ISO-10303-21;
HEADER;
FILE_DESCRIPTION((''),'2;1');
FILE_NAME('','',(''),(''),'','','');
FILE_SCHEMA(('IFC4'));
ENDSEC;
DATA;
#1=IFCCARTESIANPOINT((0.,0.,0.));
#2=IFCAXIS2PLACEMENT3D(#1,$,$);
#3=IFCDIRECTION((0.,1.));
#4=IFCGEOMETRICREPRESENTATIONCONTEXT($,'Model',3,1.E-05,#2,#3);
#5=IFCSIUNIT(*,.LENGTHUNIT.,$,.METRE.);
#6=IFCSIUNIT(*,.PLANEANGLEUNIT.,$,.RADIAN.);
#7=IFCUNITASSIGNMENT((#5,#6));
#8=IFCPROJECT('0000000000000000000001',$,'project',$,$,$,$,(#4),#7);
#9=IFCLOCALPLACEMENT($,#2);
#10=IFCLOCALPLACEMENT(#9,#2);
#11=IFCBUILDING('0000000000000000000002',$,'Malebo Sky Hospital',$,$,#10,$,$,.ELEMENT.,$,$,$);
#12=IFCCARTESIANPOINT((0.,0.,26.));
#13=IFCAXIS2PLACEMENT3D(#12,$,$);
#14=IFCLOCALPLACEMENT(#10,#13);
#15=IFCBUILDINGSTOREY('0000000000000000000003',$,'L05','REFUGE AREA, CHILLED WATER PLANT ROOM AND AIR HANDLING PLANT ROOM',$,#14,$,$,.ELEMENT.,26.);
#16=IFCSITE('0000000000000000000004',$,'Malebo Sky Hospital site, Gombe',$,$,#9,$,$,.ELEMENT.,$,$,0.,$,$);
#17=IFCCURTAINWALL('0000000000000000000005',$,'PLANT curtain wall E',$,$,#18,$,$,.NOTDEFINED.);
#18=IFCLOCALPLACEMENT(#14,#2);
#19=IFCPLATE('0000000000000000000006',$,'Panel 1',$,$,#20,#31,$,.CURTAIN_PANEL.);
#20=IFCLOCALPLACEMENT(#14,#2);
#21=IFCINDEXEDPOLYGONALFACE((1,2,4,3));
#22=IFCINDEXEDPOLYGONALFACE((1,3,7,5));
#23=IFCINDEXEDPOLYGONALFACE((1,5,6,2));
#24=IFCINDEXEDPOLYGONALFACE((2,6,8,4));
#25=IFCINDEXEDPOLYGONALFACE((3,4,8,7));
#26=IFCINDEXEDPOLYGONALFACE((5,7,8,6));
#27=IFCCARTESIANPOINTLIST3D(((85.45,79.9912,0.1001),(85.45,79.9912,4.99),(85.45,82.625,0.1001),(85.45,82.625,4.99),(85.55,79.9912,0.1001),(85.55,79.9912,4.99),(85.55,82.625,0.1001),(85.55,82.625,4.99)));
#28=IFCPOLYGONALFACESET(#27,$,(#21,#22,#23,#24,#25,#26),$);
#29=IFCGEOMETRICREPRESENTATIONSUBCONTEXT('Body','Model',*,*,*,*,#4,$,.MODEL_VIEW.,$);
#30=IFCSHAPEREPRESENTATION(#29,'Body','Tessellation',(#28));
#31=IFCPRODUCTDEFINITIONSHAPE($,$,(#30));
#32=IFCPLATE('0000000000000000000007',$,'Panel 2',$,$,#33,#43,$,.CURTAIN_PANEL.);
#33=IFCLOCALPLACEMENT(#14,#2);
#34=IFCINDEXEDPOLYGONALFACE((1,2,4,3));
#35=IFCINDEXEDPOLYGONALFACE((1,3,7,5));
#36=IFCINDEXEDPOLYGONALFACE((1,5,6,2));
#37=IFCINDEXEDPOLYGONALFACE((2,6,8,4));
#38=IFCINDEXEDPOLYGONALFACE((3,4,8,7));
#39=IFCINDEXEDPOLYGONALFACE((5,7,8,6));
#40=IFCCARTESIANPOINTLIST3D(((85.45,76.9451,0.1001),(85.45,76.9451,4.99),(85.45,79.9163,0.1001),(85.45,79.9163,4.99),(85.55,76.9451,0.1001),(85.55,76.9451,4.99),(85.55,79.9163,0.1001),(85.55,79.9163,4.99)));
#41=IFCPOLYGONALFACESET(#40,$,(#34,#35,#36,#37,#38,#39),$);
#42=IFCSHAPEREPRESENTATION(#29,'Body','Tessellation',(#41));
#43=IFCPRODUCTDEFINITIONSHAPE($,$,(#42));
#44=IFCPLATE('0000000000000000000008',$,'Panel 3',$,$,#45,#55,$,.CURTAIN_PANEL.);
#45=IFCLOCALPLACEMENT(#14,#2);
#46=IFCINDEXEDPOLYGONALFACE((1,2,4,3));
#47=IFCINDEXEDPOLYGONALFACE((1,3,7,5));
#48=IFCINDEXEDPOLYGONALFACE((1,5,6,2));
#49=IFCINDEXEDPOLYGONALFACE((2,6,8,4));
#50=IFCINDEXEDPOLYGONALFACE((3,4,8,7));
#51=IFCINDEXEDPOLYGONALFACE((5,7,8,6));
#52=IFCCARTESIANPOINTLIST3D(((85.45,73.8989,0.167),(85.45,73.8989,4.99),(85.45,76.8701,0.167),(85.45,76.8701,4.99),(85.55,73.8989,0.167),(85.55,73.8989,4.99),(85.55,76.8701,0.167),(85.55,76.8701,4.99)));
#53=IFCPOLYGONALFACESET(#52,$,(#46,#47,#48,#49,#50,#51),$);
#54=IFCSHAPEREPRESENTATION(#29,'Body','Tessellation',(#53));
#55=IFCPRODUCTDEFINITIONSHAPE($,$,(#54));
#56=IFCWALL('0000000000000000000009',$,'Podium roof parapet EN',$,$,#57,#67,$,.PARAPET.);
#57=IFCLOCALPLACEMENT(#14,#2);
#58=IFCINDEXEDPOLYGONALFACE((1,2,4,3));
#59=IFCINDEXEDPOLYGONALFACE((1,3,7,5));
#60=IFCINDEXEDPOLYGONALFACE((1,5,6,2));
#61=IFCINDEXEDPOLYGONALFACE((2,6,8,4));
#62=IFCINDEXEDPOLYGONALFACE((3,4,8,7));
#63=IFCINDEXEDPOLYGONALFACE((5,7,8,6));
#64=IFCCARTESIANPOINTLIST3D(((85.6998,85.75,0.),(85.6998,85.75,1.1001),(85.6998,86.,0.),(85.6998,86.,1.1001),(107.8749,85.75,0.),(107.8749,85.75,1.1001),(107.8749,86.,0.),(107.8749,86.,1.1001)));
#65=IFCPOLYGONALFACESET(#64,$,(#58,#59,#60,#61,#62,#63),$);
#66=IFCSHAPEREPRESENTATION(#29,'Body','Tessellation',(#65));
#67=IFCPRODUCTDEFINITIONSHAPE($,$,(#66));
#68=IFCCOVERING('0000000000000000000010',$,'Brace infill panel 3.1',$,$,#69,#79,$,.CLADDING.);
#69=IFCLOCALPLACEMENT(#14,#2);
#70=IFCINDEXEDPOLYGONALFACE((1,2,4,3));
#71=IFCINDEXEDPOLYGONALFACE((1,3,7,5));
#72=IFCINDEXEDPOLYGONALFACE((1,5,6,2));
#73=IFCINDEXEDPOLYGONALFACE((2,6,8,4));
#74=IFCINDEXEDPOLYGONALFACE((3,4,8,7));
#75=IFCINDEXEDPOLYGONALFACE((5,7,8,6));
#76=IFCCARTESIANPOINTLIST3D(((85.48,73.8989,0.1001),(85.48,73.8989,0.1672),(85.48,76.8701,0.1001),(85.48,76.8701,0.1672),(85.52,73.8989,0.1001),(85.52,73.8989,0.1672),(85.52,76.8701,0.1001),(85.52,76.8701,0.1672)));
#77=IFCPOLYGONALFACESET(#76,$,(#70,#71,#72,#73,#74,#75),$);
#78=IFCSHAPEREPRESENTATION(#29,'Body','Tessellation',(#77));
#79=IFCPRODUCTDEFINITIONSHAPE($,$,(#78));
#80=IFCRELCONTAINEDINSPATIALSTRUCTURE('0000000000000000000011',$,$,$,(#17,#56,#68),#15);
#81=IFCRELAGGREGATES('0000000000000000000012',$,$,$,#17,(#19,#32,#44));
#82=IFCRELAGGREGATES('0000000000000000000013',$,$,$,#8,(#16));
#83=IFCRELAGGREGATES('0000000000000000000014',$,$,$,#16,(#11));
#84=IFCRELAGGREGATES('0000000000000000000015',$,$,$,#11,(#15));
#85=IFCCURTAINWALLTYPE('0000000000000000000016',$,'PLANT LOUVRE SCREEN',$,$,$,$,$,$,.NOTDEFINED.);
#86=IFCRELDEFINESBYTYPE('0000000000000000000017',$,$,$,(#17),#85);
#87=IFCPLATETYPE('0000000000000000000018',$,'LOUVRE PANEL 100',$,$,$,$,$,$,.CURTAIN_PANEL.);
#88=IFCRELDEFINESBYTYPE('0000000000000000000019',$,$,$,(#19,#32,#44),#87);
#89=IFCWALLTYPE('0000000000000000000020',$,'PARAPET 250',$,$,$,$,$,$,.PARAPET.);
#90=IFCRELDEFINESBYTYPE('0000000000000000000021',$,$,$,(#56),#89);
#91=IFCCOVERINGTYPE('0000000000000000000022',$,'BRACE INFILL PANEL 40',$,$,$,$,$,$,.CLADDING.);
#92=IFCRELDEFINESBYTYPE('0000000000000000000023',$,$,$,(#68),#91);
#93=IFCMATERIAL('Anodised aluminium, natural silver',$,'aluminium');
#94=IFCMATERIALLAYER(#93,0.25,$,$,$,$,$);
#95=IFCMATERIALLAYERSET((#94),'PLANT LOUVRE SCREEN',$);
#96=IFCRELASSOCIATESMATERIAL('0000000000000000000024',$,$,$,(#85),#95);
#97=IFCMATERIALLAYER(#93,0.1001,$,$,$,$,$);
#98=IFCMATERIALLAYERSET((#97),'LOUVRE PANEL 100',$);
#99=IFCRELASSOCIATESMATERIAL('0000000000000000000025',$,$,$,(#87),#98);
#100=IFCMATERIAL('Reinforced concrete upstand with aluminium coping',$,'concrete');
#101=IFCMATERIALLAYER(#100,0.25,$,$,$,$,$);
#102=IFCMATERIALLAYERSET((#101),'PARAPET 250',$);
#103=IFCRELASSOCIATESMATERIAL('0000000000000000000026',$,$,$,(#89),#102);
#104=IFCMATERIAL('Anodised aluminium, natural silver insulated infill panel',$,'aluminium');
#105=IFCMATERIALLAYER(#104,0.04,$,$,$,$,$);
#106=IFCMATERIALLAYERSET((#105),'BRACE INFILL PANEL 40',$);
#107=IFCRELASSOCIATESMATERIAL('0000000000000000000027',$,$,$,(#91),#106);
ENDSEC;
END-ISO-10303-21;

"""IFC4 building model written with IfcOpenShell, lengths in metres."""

from ifc_helpers import new_model, si_unit, direction, frame, frame_2d, origin, origin_2d, place, context, subcontext, project, spatial, polyline, rectangle, outline, extrude, material, layer, layer_set, type_object, element, aggregate, save


model = new_model("IFC4")

# Units and contexts
model_context = context("Model", 3, precision=1e-05, world=origin(), true_north=direction((0.0, 1.0)))
body_context = subcontext(model_context, "Body", "Model", "MODEL_VIEW")
ifc_project = project(units=[si_unit("LENGTHUNIT", "METRE"), si_unit("PLANEANGLEUNIT", "RADIAN")], contexts=[model_context])

# Site, building, storey
site_placement = place(None, origin())
site = spatial("IfcSite", under=ifc_project, at=site_placement, Name="Malebo Sky Hospital site, Gombe", CompositionType="ELEMENT", RefElevation=0.0)
building_placement = place(site_placement, origin())
building = spatial("IfcBuilding", under=site, at=building_placement, Name="Malebo Sky Hospital", CompositionType="ELEMENT")
storey_placement = place(building_placement, frame((0.0, 0.0, 26.0)))
storey = spatial("IfcBuildingStorey", under=building, at=storey_placement, Name="L05", Description="REFUGE AREA, CHILLED WATER PLANT ROOM AND AIR HANDLING PLANT ROOM", CompositionType="ELEMENT", Elevation=26.0)

# Curtain wall
ifc_material_1 = material(Name="Anodised aluminium, natural silver", Category="aluminium")
ifc_layer_1 = layer(ifc_material_1, 0.25)
ifc_layer_set_1 = layer_set([ifc_layer_1], Name="PLANT LOUVRE SCREEN")
curtain_wall_type = type_object("IfcCurtainWallType", Name="PLANT LOUVRE SCREEN", PredefinedType="NOTDEFINED", material=ifc_layer_set_1)
curtain_wall_placement = place(storey_placement, origin())
curtain_wall = element("IfcCurtainWall", 1, at=curtain_wall_placement, inside=storey, type_object=curtain_wall_type, Name="PLANT curtain wall E", PredefinedType="NOTDEFINED")

# Plates
ifc_layer_2 = layer(ifc_material_1, 0.1001)
ifc_layer_set_2 = layer_set([ifc_layer_2], Name="LOUVRE PANEL 100")
plate_type = type_object("IfcPlateType", Name="LOUVRE PANEL 100", PredefinedType="CURTAIN_PANEL", material=ifc_layer_set_2)
plate_1_placement = place(storey_placement, frame((85.5, 81.3081, 0.1001), z_axis=(0.0, 0.0, 1.0), x_axis=(0.0, -1.0, 0.0)))
plate_1 = element("IfcPlate", 2, at=plate_1_placement, type_object=plate_type, Name="Panel 1", PredefinedType="CURTAIN_PANEL", context=body_context, shape_type="SweptSolid", body=[
    extrude(rectangle(XDim=2.6338, YDim=0.1001, at=origin_2d()), origin(), (0.0, 0.0, 1.0), 4.8899),
])
plate_2_placement = place(storey_placement, frame((85.5, 78.4307, 0.1001), z_axis=(0.0, 0.0, 1.0), x_axis=(0.0, -1.0, 0.0)))
plate_2 = element("IfcPlate", 3, at=plate_2_placement, type_object=plate_type, Name="Panel 2", PredefinedType="CURTAIN_PANEL", context=body_context, shape_type="SweptSolid", body=[
    extrude(rectangle(XDim=2.9712, YDim=0.1001, at=origin_2d()), origin(), (0.0, 0.0, 1.0), 4.8899),
])
plate_3_placement = place(storey_placement, frame((85.5, 75.3845, 0.167), z_axis=(0.0, 0.0, 1.0), x_axis=(0.0, -1.0, 0.0)))
plate_3 = element("IfcPlate", 4, at=plate_3_placement, type_object=plate_type, Name="Panel 3", PredefinedType="CURTAIN_PANEL", context=body_context, shape_type="SweptSolid", body=[
    extrude(outline(polyline([(-1.4856, 0.0), (1.4856, 0.0), (1.4856, 4.823), (-1.4856, 4.823), (-1.4856, 0.0)])), frame((0.0, 0.05, 0.0), z_axis=(0.0, -1.0, 0.0), x_axis=(1.0, 0.0, 0.0)), (0.0, 0.0, 1.0), 0.1001),
])
aggregate(curtain_wall, [plate_1, plate_2, plate_3])

# Wall
ifc_material_2 = material(Name="Reinforced concrete upstand with aluminium coping", Category="concrete")
ifc_layer_3 = layer(ifc_material_2, 0.25)
ifc_layer_set_3 = layer_set([ifc_layer_3], Name="PARAPET 250")
wall_type = type_object("IfcWallType", Name="PARAPET 250", PredefinedType="PARAPET", material=ifc_layer_set_3)
wall_placement = place(storey_placement, frame((85.7, 85.875, 0.0), z_axis=(0.0, 0.0, 1.0), x_axis=(1.0, 0.0, 0.0)))
element("IfcWall", 5, at=wall_placement, inside=storey, type_object=wall_type, Name="Podium roof parapet EN", PredefinedType="PARAPET", context=body_context, shape_type="SweptSolid", body=[
    extrude(rectangle(XDim=22.175, YDim=0.25, at=frame_2d((11.0874, 0.0))), origin(), (0.0, 0.0, 1.0), 1.1001),
])

# Covering
ifc_material_3 = material(Name="Anodised aluminium, natural silver insulated infill panel", Category="aluminium")
ifc_layer_4 = layer(ifc_material_3, 0.04)
ifc_layer_set_4 = layer_set([ifc_layer_4], Name="BRACE INFILL PANEL 40")
covering_type = type_object("IfcCoveringType", Name="BRACE INFILL PANEL 40", PredefinedType="CLADDING", material=ifc_layer_set_4)
covering_placement = place(storey_placement, frame((85.5, 75.3845, 0.1001), z_axis=(0.0, 0.0, 1.0), x_axis=(0.0, -1.0, 0.0)))
element("IfcCovering", 6, at=covering_placement, inside=storey, type_object=covering_type, Name="Brace infill panel 3.1", PredefinedType="CLADDING", context=body_context, shape_type="SweptSolid", body=[
    extrude(outline(polyline([(-1.4856, 0.0), (1.4856, 0.0), (1.4856, 0.0671), (-1.4856, 0.0671), (-1.4856, 0.0)])), frame((0.0, 0.02, 0.0), z_axis=(0.0, -1.0, 0.0), x_axis=(1.0, 0.0, 0.0)), (0.0, 0.0, 1.0), 0.04),
])

save(model, "model.ifc")
